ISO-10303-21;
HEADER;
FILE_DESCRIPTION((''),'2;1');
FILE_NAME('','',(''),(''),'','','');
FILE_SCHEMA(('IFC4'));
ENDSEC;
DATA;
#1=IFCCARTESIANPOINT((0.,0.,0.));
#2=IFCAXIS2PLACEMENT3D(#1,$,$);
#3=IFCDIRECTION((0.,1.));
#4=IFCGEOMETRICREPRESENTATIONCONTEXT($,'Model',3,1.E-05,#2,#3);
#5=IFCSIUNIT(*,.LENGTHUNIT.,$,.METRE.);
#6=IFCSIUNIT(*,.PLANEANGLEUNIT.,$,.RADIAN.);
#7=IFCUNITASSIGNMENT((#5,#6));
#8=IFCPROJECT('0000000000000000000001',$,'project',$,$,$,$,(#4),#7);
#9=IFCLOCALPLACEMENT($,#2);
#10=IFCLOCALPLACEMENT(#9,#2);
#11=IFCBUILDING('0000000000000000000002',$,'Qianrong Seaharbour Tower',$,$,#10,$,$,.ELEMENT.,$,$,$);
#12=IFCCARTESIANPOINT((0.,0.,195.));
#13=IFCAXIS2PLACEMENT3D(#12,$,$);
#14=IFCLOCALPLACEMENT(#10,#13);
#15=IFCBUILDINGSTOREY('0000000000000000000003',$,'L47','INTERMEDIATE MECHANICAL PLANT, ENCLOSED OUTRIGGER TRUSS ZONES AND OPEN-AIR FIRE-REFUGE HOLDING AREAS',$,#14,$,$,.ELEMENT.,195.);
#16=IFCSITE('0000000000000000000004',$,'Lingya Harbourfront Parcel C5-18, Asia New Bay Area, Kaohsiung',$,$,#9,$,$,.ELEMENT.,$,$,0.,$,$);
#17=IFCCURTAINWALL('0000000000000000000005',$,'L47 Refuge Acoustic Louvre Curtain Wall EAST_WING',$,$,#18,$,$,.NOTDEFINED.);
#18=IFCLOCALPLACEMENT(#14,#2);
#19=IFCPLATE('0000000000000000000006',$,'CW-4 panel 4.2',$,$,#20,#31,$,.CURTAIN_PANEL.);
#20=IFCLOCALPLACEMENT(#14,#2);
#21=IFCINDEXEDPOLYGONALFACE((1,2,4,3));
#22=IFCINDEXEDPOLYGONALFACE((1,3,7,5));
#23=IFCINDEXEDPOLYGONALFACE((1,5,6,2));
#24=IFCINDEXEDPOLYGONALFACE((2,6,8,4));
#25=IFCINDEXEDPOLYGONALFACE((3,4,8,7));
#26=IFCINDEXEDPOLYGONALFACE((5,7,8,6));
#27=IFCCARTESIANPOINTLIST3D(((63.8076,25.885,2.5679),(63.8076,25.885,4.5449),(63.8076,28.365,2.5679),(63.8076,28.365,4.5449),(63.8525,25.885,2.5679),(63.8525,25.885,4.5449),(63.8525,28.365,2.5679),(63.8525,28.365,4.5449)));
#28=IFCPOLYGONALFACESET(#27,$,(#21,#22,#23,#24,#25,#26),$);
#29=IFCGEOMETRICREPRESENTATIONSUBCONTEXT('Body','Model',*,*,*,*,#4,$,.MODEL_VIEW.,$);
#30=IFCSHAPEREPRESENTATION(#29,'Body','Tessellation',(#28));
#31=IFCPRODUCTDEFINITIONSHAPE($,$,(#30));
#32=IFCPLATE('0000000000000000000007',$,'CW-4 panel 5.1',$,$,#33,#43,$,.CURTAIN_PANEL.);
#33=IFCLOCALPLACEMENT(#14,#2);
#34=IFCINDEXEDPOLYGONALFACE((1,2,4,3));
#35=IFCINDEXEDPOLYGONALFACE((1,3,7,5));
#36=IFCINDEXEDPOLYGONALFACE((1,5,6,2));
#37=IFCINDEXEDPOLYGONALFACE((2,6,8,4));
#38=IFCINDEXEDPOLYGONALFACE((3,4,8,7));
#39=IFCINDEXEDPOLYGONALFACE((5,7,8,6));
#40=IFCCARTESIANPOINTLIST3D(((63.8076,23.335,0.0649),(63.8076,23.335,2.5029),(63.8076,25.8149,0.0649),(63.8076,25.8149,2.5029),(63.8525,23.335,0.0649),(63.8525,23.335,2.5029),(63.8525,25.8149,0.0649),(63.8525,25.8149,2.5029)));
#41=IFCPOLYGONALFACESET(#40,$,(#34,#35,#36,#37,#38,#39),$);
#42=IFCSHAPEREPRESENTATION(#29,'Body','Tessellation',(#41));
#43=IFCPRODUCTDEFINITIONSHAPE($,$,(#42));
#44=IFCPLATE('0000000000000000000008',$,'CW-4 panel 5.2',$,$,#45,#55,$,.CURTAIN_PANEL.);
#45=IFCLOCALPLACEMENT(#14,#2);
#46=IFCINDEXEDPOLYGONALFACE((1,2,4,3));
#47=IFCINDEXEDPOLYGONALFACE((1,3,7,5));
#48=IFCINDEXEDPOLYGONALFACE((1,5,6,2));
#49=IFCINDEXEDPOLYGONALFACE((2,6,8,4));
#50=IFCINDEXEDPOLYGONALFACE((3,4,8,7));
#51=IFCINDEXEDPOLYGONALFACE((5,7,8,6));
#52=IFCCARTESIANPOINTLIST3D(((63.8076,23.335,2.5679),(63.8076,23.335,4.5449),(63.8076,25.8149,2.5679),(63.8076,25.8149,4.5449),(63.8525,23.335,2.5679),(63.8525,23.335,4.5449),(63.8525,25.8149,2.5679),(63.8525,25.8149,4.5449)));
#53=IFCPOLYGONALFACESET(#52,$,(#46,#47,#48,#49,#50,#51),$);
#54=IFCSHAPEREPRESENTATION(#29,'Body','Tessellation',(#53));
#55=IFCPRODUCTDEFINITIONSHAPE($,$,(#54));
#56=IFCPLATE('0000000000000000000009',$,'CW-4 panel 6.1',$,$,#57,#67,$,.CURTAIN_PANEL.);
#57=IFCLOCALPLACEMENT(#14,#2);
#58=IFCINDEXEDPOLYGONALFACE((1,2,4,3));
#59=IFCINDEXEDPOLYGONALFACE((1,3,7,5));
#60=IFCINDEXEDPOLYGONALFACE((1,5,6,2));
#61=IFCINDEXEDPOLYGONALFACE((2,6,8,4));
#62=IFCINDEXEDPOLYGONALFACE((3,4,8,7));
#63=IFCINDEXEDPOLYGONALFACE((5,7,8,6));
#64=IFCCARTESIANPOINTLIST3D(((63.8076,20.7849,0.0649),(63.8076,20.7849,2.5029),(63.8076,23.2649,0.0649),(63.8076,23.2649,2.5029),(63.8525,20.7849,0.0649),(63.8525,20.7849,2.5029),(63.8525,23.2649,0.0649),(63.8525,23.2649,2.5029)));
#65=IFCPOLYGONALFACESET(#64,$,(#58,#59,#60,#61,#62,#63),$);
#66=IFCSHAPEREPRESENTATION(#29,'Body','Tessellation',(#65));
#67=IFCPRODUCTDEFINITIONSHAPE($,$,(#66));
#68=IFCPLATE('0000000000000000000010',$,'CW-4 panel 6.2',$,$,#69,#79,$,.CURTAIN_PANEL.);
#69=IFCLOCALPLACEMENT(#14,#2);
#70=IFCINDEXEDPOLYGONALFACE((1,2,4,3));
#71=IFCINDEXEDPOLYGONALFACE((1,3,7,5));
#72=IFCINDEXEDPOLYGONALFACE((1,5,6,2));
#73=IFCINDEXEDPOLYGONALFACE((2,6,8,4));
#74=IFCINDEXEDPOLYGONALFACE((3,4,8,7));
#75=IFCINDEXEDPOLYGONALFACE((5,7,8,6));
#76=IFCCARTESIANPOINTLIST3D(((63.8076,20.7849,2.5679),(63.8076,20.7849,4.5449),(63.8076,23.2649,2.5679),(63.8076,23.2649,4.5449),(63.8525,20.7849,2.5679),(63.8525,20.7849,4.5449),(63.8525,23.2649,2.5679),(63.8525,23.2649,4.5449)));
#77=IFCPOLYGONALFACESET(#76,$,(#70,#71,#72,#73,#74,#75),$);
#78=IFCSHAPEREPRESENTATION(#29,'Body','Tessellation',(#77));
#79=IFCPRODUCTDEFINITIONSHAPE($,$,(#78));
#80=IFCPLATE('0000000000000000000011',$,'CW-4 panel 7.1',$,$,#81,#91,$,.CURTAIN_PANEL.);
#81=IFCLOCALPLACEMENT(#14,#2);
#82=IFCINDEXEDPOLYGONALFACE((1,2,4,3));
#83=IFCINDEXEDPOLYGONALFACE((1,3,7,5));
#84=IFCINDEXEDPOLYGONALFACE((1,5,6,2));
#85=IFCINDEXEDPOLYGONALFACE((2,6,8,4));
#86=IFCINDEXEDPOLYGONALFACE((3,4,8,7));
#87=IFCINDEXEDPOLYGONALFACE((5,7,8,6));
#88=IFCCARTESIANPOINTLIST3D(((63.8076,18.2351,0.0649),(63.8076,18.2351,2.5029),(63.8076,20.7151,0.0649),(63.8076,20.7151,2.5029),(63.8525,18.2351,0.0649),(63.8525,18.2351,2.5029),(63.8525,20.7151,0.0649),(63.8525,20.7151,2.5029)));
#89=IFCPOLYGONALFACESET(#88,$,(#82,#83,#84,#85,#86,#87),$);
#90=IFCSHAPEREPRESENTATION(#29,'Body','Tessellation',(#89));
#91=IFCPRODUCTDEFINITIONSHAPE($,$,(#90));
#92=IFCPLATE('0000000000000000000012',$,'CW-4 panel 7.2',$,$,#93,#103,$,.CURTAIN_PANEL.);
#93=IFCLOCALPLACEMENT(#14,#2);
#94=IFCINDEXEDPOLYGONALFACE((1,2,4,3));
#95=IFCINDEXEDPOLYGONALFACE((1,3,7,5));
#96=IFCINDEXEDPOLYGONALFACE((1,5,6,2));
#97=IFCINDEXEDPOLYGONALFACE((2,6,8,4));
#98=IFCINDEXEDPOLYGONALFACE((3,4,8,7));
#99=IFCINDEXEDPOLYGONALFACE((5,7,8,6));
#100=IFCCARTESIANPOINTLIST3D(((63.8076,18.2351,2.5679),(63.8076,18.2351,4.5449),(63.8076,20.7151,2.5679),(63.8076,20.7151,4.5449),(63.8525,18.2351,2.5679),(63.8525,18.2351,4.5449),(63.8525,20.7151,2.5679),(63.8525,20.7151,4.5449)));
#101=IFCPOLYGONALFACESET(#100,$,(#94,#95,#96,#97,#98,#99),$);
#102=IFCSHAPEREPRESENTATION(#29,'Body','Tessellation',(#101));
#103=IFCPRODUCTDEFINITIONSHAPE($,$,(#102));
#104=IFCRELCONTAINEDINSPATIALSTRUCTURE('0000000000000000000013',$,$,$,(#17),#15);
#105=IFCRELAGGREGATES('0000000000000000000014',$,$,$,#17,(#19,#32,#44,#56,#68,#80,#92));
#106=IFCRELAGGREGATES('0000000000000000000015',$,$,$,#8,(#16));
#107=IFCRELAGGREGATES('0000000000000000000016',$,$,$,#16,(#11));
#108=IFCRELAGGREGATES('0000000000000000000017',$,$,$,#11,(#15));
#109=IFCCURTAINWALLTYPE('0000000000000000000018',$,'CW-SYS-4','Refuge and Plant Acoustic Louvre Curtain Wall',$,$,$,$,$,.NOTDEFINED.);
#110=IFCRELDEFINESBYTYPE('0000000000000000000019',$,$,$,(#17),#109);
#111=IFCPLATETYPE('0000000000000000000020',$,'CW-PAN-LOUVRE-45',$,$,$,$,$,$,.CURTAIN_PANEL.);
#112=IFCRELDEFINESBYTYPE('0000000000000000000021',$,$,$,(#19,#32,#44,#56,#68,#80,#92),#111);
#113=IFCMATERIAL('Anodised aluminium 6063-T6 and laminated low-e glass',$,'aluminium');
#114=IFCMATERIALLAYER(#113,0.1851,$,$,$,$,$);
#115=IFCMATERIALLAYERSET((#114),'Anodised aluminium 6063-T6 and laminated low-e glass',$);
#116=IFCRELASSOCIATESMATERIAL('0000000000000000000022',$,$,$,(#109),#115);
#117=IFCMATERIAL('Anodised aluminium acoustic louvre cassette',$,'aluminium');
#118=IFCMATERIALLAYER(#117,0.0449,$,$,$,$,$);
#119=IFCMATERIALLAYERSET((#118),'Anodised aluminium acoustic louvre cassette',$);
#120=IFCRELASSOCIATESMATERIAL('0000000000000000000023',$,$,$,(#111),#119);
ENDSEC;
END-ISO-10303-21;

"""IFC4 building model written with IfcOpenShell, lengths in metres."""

from ifc_helpers import new_model, si_unit, direction, frame, origin, origin_2d, place, context, subcontext, project, spatial, rectangle, extrude, material, layer, layer_set, type_object, element, aggregate, save


model = new_model("IFC4")

# Units and contexts
model_context = context("Model", 3, precision=1e-05, world=origin(), true_north=direction((0.0, 1.0)))
body_context = subcontext(model_context, "Body", "Model", "MODEL_VIEW")
ifc_project = project(units=[si_unit("LENGTHUNIT", "METRE"), si_unit("PLANEANGLEUNIT", "RADIAN")], contexts=[model_context])

# Site, building, storey
site_placement = place(None, origin())
site = spatial("IfcSite", under=ifc_project, at=site_placement, Name="Lingya Harbourfront Parcel C5-18, Asia New Bay Area, Kaohsiung", CompositionType="ELEMENT", RefElevation=0.0)
building_placement = place(site_placement, origin())
building = spatial("IfcBuilding", under=site, at=building_placement, Name="Qianrong Seaharbour Tower", CompositionType="ELEMENT")
storey_placement = place(building_placement, frame((0.0, 0.0, 195.0)))
storey = spatial("IfcBuildingStorey", under=building, at=storey_placement, Name="L47", Description="INTERMEDIATE MECHANICAL PLANT, ENCLOSED OUTRIGGER TRUSS ZONES AND OPEN-AIR FIRE-REFUGE HOLDING AREAS", CompositionType="ELEMENT", Elevation=195.0)

# Curtain wall, plates
ifc_material_1 = material(Name="Anodised aluminium 6063-T6 and laminated low-e glass", Category="aluminium")
ifc_layer_1 = layer(ifc_material_1, 0.1851)
ifc_layer_set_1 = layer_set([ifc_layer_1], Name="Anodised aluminium 6063-T6 and laminated low-e glass")
curtain_wall_type = type_object("IfcCurtainWallType", Name="CW-SYS-4", Description="Refuge and Plant Acoustic Louvre Curtain Wall", PredefinedType="NOTDEFINED", material=ifc_layer_set_1)
curtain_wall_placement = place(storey_placement, origin())
curtain_wall = element("IfcCurtainWall", 1, at=curtain_wall_placement, inside=storey, type_object=curtain_wall_type, Name="L47 Refuge Acoustic Louvre Curtain Wall EAST_WING", PredefinedType="NOTDEFINED")
ifc_material_2 = material(Name="Anodised aluminium acoustic louvre cassette", Category="aluminium")
ifc_layer_2 = layer(ifc_material_2, 0.0449)
ifc_layer_set_2 = layer_set([ifc_layer_2], Name="Anodised aluminium acoustic louvre cassette")
plate_type = type_object("IfcPlateType", Name="CW-PAN-LOUVRE-45", PredefinedType="CURTAIN_PANEL", material=ifc_layer_set_2)
plate_1_placement = place(storey_placement, frame((63.8301, 27.125, 2.5679), z_axis=(0.0, 0.0, 1.0), x_axis=(0.0, -1.0, 0.0)))
plate_1 = element("IfcPlate", 2, at=plate_1_placement, type_object=plate_type, Name="CW-4 panel 4.2", PredefinedType="CURTAIN_PANEL", context=body_context, shape_type="SweptSolid", body=[
    extrude(rectangle(XDim=2.48, YDim=0.0449, at=origin_2d()), origin(), (0.0, 0.0, 1.0), 1.9771),
])
plate_2_placement = place(storey_placement, frame((63.8301, 24.575, 0.0649), z_axis=(0.0, 0.0, 1.0), x_axis=(0.0, -1.0, 0.0)))
plate_2 = element("IfcPlate", 3, at=plate_2_placement, type_object=plate_type, Name="CW-4 panel 5.1", PredefinedType="CURTAIN_PANEL", context=body_context, shape_type="SweptSolid", body=[
    extrude(rectangle(XDim=2.48, YDim=0.0449, at=origin_2d()), origin(), (0.0, 0.0, 1.0), 2.438),
])
plate_3_placement = place(storey_placement, frame((63.8301, 24.575, 2.5679), z_axis=(0.0, 0.0, 1.0), x_axis=(0.0, -1.0, 0.0)))
plate_3 = element("IfcPlate", 4, at=plate_3_placement, type_object=plate_type, Name="CW-4 panel 5.2", PredefinedType="CURTAIN_PANEL", context=body_context, shape_type="SweptSolid", body=[
    extrude(rectangle(XDim=2.48, YDim=0.0449, at=origin_2d()), origin(), (0.0, 0.0, 1.0), 1.9771),
])
plate_4_placement = place(storey_placement, frame((63.8301, 22.0249, 0.0649), z_axis=(0.0, 0.0, 1.0), x_axis=(0.0, -1.0, 0.0)))
plate_4 = element("IfcPlate", 5, at=plate_4_placement, type_object=plate_type, Name="CW-4 panel 6.1", PredefinedType="CURTAIN_PANEL", context=body_context, shape_type="SweptSolid", body=[
    extrude(rectangle(XDim=2.48, YDim=0.0449, at=origin_2d()), origin(), (0.0, 0.0, 1.0), 2.438),
])
plate_5_placement = place(storey_placement, frame((63.8301, 22.0249, 2.5679), z_axis=(0.0, 0.0, 1.0), x_axis=(0.0, -1.0, 0.0)))
plate_5 = element("IfcPlate", 6, at=plate_5_placement, type_object=plate_type, Name="CW-4 panel 6.2", PredefinedType="CURTAIN_PANEL", context=body_context, shape_type="SweptSolid", body=[
    extrude(rectangle(XDim=2.48, YDim=0.0449, at=origin_2d()), origin(), (0.0, 0.0, 1.0), 1.9771),
])
plate_6_placement = place(storey_placement, frame((63.8301, 19.4751, 0.0649), z_axis=(0.0, 0.0, 1.0), x_axis=(0.0, -1.0, 0.0)))
plate_6 = element("IfcPlate", 7, at=plate_6_placement, type_object=plate_type, Name="CW-4 panel 7.1", PredefinedType="CURTAIN_PANEL", context=body_context, shape_type="SweptSolid", body=[
    extrude(rectangle(XDim=2.48, YDim=0.0449, at=origin_2d()), origin(), (0.0, 0.0, 1.0), 2.438),
])
plate_7_placement = place(storey_placement, frame((63.8301, 19.4751, 2.5679), z_axis=(0.0, 0.0, 1.0), x_axis=(0.0, -1.0, 0.0)))
plate_7 = element("IfcPlate", 8, at=plate_7_placement, type_object=plate_type, Name="CW-4 panel 7.2", PredefinedType="CURTAIN_PANEL", context=body_context, shape_type="SweptSolid", body=[
    extrude(rectangle(XDim=2.48, YDim=0.0449, at=origin_2d()), origin(), (0.0, 0.0, 1.0), 1.9771),
])
aggregate(curtain_wall, [plate_1, plate_2, plate_3, plate_4, plate_5, plate_6, plate_7])

save(model, "model.ifc")
